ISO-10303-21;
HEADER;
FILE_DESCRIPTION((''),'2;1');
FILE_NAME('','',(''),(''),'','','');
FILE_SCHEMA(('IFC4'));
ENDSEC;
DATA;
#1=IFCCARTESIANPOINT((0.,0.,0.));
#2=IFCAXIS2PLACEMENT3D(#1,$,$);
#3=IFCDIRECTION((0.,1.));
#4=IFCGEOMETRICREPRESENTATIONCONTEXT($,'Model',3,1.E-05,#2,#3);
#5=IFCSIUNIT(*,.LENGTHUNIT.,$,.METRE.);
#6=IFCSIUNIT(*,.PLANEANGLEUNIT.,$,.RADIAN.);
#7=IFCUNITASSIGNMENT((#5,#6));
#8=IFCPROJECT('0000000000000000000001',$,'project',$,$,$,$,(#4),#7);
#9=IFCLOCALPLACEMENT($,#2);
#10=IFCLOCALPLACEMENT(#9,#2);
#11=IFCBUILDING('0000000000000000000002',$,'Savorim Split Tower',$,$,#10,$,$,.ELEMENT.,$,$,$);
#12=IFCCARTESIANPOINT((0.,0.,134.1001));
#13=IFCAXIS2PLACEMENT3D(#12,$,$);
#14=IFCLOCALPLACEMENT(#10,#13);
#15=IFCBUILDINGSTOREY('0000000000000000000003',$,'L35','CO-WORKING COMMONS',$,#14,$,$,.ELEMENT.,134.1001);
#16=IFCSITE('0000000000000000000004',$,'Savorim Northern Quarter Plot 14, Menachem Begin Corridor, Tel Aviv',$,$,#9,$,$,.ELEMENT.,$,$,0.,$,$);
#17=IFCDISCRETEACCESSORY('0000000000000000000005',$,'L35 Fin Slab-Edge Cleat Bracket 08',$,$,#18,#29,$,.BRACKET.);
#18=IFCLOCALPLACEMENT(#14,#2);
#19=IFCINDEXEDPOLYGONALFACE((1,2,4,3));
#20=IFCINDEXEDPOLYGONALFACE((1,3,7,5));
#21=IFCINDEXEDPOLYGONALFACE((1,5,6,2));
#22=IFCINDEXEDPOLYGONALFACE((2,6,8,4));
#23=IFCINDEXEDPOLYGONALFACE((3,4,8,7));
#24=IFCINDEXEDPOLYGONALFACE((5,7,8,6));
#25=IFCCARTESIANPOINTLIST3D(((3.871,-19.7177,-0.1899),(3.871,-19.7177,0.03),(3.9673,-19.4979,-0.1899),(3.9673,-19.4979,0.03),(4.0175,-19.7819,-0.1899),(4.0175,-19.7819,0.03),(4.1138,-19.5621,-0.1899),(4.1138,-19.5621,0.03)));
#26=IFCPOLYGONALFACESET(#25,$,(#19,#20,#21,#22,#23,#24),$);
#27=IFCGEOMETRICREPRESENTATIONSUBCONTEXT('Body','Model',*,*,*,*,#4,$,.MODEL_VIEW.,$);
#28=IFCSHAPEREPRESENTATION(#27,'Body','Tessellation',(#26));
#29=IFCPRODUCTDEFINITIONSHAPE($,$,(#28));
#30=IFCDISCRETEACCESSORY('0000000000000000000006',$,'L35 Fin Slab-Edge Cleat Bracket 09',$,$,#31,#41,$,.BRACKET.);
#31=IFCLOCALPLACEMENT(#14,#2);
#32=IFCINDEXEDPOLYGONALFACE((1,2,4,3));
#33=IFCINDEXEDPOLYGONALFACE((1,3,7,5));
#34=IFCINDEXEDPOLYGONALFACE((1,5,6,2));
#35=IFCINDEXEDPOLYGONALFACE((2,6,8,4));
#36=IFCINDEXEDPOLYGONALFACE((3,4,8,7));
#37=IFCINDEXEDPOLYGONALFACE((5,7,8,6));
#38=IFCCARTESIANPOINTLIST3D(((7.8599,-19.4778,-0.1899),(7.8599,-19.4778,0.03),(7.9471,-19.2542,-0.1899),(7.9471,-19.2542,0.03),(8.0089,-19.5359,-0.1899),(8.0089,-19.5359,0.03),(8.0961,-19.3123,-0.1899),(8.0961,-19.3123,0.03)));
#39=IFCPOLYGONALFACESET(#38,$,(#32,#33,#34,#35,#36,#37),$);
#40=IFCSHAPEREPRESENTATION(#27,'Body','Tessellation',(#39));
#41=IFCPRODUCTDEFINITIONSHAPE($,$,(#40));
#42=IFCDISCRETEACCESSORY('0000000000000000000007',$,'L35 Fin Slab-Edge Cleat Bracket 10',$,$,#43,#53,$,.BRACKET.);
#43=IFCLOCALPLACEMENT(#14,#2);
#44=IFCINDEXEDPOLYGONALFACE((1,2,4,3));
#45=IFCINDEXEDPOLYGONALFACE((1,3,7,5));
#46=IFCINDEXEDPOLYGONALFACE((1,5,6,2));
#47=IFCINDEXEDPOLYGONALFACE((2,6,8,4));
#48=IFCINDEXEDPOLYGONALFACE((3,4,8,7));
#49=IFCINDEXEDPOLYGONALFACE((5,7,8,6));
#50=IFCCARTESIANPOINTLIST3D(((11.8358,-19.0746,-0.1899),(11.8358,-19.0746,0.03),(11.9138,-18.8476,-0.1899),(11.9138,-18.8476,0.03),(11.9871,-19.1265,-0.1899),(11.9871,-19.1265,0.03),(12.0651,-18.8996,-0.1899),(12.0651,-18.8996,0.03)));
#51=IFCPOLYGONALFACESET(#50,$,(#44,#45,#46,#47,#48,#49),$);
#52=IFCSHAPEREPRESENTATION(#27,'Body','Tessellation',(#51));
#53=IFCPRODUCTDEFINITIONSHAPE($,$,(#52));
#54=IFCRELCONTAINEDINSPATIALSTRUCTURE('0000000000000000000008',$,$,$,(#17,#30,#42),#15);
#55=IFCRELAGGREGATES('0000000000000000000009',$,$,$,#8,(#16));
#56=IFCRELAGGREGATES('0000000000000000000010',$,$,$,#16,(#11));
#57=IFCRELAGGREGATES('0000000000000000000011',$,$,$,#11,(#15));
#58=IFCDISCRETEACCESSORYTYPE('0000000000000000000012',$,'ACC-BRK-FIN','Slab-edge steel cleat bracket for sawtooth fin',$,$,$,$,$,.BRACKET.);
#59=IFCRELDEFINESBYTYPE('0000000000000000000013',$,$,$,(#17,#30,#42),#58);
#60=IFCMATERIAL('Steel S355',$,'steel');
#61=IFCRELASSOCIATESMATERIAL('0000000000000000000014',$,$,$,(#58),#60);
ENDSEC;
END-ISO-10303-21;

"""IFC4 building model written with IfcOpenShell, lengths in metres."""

from ifc_helpers import new_model, si_unit, direction, frame, origin, origin_2d, place, context, subcontext, project, spatial, rectangle, extrude, material, type_object, element, save


model = new_model("IFC4")

# Units and contexts
model_context = context("Model", 3, precision=1e-05, world=origin(), true_north=direction((0.0, 1.0)))
body_context = subcontext(model_context, "Body", "Model", "MODEL_VIEW")
ifc_project = project(units=[si_unit("LENGTHUNIT", "METRE"), si_unit("PLANEANGLEUNIT", "RADIAN")], contexts=[model_context])

# Site, building, storey
site_placement = place(None, origin())
site = spatial("IfcSite", under=ifc_project, at=site_placement, Name="Savorim Northern Quarter Plot 14, Menachem Begin Corridor, Tel Aviv", CompositionType="ELEMENT", RefElevation=0.0)
building_placement = place(site_placement, origin())
building = spatial("IfcBuilding", under=site, at=building_placement, Name="Savorim Split Tower", CompositionType="ELEMENT")
storey_placement = place(building_placement, frame((0.0, 0.0, 134.1001)))
storey = spatial("IfcBuildingStorey", under=building, at=storey_placement, Name="L35", Description="CO-WORKING COMMONS", CompositionType="ELEMENT", Elevation=134.1001)

# Shared definitions
ifc_material_1 = material(Name="Steel S355", Category="steel")

# Discrete accessories
discrete_accessory_type = type_object("IfcDiscreteAccessoryType", Name="ACC-BRK-FIN", Description="Slab-edge steel cleat bracket for sawtooth fin", PredefinedType="BRACKET", material=ifc_material_1)
for number, where, z_axis, x_axis, name in (
    (1, (3.9924, -19.6399, -0.1899), (0.0, 0.0, 1.0), (-0.40123, -0.915977, 0.0), "L35 Fin Slab-Edge Cleat Bracket 08"),
    (2, (7.978, -19.395, -0.1899), (0.0, 0.0, 1.0), (-0.363415, -0.931627, 0.0), "L35 Fin Slab-Edge Cleat Bracket 09"),
    (3, (11.9504, -18.9871, -0.1899), (0.0, 0.0, 1.0), (-0.324994, -0.945716, 0.0), "L35 Fin Slab-Edge Cleat Bracket 10"),
):
    element("IfcDiscreteAccessory", number, at=place(storey_placement, frame(where, z_axis=z_axis, x_axis=x_axis)), inside=storey, type_object=discrete_accessory_type, Name=name, PredefinedType="BRACKET", context=body_context, shape_type="SweptSolid", body=[
        extrude(rectangle(XDim=0.24, YDim=0.1599, at=origin_2d()), origin(), (0.0, 0.0, 1.0), 0.22),
    ])

save(model, "model.ifc")
